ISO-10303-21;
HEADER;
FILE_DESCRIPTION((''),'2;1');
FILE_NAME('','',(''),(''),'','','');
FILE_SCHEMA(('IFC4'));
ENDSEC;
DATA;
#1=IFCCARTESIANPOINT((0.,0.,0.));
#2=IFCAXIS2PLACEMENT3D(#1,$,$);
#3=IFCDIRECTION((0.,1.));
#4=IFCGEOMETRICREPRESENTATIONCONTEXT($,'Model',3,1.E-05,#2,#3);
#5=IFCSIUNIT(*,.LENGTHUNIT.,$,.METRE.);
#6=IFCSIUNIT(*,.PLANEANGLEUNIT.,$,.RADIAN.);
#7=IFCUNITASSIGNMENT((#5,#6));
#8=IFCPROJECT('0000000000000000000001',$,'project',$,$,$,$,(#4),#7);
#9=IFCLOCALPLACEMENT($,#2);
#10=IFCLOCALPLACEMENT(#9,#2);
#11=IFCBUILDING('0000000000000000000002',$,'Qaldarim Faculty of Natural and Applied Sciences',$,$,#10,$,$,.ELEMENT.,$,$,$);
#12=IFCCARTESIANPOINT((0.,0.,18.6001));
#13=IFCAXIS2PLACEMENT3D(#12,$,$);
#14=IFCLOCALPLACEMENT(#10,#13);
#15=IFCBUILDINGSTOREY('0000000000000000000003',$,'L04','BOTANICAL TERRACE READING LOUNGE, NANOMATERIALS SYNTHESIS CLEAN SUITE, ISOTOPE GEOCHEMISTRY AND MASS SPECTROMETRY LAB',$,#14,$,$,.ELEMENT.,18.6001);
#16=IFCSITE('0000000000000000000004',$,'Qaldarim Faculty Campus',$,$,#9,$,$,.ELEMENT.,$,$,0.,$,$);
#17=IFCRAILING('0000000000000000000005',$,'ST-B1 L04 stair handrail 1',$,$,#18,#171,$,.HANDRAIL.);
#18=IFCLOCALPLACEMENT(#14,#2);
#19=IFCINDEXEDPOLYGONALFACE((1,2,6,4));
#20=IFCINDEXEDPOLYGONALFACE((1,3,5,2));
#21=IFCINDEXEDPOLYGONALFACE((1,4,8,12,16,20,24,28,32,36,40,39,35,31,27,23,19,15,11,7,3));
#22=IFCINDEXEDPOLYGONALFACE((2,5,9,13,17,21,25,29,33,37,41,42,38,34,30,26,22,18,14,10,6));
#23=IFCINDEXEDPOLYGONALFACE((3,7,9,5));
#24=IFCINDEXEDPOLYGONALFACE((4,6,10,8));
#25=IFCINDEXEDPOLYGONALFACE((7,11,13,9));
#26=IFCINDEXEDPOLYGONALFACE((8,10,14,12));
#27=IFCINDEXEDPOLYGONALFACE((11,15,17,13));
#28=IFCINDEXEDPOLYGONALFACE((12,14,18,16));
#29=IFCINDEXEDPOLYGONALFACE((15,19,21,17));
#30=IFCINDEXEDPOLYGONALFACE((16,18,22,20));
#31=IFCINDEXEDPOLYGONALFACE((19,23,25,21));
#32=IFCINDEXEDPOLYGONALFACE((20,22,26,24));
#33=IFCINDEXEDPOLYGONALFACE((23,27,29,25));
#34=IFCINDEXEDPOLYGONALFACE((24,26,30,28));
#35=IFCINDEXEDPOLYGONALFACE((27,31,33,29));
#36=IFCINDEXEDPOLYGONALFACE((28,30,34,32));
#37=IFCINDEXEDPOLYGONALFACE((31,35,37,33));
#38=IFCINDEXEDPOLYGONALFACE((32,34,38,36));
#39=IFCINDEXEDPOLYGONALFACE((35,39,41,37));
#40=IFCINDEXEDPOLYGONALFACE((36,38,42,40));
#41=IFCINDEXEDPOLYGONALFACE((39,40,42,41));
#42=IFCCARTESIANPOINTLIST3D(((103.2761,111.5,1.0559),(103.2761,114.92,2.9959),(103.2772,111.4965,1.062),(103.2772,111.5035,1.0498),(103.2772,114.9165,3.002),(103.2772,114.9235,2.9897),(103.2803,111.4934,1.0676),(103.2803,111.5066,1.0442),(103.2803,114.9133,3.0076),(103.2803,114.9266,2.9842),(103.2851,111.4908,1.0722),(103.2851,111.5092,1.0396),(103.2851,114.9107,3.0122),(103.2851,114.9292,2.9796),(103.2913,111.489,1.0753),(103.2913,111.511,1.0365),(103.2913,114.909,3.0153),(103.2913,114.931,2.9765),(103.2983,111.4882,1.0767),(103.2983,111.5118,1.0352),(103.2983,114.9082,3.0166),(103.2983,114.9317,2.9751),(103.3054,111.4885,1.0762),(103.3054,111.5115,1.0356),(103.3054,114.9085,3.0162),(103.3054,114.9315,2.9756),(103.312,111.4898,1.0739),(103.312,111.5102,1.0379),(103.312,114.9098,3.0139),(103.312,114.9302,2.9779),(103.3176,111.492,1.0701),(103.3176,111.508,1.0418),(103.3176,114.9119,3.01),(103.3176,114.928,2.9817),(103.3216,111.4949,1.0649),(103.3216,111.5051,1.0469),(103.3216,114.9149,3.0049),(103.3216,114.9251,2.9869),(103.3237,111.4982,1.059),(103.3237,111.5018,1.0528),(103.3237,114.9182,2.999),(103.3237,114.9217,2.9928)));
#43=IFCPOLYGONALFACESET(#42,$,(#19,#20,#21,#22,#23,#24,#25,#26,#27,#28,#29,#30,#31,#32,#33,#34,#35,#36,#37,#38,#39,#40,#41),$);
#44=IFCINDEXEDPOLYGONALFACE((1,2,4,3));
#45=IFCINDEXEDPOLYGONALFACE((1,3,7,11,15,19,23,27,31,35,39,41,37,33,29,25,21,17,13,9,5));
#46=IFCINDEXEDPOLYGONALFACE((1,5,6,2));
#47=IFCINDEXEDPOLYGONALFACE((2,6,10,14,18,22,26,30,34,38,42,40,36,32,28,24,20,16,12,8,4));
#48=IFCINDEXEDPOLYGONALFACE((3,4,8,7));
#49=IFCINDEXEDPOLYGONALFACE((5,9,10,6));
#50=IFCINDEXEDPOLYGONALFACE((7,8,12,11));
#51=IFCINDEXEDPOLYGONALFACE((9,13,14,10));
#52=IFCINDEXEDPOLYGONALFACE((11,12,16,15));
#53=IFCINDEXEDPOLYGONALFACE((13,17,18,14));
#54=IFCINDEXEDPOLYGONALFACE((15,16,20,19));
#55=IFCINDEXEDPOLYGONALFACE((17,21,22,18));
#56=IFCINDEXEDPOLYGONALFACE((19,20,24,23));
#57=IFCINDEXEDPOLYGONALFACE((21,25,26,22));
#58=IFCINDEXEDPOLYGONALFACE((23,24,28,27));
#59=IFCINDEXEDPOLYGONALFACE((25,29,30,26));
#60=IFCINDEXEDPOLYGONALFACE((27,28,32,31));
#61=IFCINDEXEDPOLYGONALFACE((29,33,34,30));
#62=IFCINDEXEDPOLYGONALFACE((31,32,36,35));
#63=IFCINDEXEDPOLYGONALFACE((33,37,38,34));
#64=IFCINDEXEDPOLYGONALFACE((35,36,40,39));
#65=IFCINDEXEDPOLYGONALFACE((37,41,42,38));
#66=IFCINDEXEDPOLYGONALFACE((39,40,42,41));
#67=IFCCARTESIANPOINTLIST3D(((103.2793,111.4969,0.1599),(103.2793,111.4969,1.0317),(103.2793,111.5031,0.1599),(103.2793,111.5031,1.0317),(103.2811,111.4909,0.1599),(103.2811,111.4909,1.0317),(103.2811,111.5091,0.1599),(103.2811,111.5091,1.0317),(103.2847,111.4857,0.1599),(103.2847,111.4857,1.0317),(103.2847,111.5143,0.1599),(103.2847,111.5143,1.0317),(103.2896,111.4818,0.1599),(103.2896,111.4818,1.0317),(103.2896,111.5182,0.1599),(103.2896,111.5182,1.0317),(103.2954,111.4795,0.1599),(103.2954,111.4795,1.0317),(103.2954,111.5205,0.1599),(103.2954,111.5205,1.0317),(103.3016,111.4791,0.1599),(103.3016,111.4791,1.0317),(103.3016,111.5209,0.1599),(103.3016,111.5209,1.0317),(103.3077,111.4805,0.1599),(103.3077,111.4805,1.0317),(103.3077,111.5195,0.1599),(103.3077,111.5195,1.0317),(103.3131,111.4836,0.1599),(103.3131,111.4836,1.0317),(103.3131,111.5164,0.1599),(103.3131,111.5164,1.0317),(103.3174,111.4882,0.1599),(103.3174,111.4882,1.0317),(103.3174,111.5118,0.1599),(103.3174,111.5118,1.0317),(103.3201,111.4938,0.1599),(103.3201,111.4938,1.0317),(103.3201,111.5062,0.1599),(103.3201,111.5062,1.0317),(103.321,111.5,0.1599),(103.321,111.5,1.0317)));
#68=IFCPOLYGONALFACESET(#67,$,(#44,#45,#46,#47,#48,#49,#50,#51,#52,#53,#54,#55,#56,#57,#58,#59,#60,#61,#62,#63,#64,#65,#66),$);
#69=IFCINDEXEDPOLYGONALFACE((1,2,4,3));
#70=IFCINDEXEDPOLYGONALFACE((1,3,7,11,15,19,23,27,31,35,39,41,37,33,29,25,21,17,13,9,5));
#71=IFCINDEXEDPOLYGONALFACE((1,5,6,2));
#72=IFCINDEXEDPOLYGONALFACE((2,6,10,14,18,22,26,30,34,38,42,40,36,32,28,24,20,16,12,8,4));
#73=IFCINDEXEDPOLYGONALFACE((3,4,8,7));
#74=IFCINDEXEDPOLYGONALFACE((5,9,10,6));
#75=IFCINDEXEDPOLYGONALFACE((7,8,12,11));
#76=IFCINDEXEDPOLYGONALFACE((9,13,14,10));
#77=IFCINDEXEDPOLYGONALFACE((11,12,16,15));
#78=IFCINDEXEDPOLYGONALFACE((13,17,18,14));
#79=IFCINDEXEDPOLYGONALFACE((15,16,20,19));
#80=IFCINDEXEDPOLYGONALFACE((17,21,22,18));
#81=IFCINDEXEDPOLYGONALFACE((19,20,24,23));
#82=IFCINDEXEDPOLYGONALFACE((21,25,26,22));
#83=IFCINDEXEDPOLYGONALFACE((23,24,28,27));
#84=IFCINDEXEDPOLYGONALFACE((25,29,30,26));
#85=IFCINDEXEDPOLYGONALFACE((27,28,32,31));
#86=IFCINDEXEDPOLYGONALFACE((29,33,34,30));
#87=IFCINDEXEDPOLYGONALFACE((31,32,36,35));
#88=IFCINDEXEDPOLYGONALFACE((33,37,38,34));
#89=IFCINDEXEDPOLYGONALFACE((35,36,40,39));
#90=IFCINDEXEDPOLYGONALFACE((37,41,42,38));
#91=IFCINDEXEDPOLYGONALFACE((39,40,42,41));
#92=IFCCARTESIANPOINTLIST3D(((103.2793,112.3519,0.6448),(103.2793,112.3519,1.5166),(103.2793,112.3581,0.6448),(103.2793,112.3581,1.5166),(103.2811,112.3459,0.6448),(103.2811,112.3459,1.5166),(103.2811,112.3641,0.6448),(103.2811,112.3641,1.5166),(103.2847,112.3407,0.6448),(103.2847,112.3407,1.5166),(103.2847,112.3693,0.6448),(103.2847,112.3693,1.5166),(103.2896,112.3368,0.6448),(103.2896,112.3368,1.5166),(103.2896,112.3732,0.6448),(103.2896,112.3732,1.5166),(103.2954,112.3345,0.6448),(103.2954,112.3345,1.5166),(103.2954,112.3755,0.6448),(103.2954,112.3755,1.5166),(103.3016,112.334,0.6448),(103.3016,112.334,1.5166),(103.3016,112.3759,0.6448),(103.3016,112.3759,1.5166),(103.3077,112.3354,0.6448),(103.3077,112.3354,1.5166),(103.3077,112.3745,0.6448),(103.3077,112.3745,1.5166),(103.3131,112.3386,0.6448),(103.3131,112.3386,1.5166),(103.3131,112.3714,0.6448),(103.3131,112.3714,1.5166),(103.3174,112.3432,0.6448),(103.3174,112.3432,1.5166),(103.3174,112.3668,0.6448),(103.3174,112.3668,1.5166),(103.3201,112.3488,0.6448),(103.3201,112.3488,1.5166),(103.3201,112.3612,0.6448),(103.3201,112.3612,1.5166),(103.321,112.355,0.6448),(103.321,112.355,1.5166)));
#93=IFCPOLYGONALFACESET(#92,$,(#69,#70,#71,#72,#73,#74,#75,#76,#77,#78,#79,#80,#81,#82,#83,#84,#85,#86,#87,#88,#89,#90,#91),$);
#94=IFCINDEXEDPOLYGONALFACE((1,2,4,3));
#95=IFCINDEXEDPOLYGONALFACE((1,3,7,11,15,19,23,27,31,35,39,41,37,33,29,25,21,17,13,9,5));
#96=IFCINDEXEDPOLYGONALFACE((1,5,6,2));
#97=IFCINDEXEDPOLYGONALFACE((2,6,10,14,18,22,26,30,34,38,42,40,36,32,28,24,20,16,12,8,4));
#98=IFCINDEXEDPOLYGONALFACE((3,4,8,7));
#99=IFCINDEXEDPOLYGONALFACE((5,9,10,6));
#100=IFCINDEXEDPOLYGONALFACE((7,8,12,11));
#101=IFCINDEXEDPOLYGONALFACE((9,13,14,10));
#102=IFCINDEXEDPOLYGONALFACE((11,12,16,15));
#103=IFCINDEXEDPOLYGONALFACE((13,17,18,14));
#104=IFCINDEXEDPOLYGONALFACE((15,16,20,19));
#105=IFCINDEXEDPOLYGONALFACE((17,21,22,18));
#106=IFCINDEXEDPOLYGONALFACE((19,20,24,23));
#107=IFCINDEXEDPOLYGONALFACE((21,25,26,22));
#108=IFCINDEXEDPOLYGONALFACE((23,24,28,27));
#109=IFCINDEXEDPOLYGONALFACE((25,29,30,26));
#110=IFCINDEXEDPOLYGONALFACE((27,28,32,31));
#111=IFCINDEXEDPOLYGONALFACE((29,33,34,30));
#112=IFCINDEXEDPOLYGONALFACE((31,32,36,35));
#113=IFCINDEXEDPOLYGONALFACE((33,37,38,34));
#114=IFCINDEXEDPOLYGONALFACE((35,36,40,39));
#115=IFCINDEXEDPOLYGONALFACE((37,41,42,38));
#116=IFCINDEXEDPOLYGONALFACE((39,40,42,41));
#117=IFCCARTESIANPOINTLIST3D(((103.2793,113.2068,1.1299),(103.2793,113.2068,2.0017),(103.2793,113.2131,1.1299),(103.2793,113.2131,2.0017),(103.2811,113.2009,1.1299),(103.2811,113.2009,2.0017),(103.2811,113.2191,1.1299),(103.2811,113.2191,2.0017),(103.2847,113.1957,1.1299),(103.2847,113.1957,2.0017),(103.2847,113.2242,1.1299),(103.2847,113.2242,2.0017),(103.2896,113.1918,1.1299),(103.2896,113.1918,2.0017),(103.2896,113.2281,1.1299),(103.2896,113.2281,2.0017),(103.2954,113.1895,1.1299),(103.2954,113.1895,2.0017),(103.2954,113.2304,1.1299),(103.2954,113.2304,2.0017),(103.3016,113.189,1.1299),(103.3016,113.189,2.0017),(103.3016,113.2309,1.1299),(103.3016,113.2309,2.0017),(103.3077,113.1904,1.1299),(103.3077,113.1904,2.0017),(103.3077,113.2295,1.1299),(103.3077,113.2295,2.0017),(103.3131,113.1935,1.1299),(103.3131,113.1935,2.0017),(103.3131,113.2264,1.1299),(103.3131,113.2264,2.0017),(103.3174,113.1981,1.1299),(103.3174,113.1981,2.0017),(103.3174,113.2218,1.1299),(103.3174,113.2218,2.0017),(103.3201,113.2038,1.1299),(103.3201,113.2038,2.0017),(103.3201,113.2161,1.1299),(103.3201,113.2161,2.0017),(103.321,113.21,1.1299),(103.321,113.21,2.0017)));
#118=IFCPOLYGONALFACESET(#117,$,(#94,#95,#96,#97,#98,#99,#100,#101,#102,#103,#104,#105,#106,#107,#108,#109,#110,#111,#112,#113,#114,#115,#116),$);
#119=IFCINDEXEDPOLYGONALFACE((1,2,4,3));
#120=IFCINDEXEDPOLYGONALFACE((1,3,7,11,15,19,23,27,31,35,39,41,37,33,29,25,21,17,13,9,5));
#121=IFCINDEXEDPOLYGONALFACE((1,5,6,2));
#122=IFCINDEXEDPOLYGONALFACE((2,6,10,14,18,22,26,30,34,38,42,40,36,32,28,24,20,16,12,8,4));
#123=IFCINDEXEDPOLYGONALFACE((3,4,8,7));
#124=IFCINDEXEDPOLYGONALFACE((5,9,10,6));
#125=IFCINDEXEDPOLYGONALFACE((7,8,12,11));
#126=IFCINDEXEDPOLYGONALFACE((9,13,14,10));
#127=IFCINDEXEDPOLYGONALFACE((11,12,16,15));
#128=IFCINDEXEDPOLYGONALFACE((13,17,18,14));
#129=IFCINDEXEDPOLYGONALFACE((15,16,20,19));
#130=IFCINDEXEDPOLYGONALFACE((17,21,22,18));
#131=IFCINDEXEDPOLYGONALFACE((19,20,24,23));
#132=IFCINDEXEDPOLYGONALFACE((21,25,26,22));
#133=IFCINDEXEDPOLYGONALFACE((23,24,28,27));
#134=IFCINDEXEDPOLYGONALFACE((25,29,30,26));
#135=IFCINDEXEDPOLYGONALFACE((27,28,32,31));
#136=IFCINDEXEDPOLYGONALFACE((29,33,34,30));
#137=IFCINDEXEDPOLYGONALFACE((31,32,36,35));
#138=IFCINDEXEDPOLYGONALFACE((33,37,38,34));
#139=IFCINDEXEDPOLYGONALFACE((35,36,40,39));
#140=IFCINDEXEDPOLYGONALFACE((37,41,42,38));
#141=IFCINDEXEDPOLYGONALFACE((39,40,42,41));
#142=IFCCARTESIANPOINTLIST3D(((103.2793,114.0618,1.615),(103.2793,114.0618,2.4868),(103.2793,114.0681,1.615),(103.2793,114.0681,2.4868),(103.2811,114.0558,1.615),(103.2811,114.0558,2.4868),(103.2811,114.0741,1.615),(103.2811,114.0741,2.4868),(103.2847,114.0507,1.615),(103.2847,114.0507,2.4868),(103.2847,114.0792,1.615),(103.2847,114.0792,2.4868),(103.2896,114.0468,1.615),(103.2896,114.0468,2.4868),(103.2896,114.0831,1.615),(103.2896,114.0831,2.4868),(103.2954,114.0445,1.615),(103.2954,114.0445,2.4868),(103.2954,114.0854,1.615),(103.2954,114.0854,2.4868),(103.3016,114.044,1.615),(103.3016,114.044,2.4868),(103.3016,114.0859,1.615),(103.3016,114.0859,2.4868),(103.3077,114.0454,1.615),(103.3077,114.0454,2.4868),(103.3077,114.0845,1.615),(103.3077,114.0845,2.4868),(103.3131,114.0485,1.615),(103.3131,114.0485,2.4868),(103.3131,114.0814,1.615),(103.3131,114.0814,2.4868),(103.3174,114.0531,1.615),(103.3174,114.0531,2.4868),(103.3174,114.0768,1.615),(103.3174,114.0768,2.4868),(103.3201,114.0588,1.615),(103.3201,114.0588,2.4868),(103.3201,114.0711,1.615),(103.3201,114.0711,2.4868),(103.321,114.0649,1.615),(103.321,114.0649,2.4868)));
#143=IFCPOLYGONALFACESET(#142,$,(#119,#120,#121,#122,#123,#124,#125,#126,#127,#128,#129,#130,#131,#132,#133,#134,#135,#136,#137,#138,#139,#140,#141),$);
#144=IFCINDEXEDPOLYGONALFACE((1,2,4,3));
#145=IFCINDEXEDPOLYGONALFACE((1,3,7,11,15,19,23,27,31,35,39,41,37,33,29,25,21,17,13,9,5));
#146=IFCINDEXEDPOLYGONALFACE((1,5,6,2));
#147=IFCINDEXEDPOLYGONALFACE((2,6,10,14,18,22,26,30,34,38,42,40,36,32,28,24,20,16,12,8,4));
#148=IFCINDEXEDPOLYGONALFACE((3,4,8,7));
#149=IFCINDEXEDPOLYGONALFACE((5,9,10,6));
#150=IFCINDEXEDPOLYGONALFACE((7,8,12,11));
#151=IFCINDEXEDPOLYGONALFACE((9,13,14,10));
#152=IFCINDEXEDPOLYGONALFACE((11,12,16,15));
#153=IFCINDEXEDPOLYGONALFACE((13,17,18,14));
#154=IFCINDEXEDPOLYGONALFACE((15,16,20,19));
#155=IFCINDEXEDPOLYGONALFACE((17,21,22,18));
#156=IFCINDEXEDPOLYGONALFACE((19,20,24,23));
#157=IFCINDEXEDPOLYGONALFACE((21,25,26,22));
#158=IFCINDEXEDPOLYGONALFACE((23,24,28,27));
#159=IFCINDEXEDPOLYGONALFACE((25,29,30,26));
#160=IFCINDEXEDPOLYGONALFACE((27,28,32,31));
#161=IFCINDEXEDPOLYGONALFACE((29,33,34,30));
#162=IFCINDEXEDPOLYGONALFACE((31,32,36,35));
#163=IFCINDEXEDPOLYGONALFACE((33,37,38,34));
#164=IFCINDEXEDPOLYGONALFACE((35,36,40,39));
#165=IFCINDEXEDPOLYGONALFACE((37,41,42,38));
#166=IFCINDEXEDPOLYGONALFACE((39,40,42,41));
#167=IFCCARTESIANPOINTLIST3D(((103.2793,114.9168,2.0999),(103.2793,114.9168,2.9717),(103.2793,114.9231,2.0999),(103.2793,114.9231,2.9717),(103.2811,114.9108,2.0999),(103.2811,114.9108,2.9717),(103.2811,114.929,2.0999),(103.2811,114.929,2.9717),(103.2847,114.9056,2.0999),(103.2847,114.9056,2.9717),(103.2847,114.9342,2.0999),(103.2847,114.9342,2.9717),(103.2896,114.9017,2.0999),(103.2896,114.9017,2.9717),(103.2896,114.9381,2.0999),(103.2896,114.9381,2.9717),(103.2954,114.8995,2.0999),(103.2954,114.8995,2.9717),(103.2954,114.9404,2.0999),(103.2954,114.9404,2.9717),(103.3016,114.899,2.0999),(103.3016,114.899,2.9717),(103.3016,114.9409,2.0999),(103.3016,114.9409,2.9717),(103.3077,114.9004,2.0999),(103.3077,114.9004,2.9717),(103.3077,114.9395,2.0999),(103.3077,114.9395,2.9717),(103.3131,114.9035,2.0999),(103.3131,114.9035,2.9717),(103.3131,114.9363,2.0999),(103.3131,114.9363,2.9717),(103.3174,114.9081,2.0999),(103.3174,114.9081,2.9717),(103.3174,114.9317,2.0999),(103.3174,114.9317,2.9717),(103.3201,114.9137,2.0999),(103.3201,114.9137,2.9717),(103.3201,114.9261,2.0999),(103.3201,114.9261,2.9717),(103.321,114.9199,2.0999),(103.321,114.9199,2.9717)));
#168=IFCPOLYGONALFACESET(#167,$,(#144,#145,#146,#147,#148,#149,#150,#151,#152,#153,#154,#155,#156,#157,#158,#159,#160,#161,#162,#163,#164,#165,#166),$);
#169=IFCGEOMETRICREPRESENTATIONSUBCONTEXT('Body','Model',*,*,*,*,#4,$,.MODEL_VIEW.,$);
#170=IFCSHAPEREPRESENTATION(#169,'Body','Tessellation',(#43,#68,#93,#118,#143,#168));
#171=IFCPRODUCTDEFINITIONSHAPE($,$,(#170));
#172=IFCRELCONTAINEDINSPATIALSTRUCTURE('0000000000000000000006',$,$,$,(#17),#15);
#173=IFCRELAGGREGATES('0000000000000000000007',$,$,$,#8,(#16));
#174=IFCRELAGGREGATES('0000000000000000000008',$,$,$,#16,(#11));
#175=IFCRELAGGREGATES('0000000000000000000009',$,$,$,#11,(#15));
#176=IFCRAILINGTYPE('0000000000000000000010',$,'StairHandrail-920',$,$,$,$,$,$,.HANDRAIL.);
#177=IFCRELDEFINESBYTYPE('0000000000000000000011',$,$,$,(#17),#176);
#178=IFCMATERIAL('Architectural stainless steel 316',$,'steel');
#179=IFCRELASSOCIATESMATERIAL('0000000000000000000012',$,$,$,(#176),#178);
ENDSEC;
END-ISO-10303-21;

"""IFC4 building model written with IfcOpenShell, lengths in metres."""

from ifc_helpers import new_model, si_unit, direction, frame, origin, origin_2d, place, context, subcontext, project, spatial, circle, extrude, material, type_object, element, save


model = new_model("IFC4")

# Units and contexts
model_context = context("Model", 3, precision=1e-05, world=origin(), true_north=direction((0.0, 1.0)))
body_context = subcontext(model_context, "Body", "Model", "MODEL_VIEW")
ifc_project = project(units=[si_unit("LENGTHUNIT", "METRE"), si_unit("PLANEANGLEUNIT", "RADIAN")], contexts=[model_context])

# Site, building, storey
site_placement = place(None, origin())
site = spatial("IfcSite", under=ifc_project, at=site_placement, Name="Qaldarim Faculty Campus", CompositionType="ELEMENT", RefElevation=0.0)
building_placement = place(site_placement, origin())
building = spatial("IfcBuilding", under=site, at=building_placement, Name="Qaldarim Faculty of Natural and Applied Sciences", CompositionType="ELEMENT")
storey_placement = place(building_placement, frame((0.0, 0.0, 18.6001)))
storey = spatial("IfcBuildingStorey", under=building, at=storey_placement, Name="L04", Description="BOTANICAL TERRACE READING LOUNGE, NANOMATERIALS SYNTHESIS CLEAN SUITE, ISOTOPE GEOCHEMISTRY AND MASS SPECTROMETRY LAB", CompositionType="ELEMENT", Elevation=18.6001)

# Shared definitions
ifc_material_1 = material(Name="Architectural stainless steel 316", Category="steel")

# Railing
railing_type_1 = type_object("IfcRailingType", Name="StairHandrail-920", PredefinedType="HANDRAIL", material=ifc_material_1)
railing_1_placement = place(storey_placement, frame((103.3, 111.5, 0.1599)))
element("IfcRailing", 1, at=railing_1_placement, inside=storey, type_object=railing_type_1, Name="ST-B1 L04 stair handrail 1", PredefinedType="HANDRAIL", context=body_context, shape_type="SweptSolid", body=[
    extrude(circle(Radius=0.0239, at=origin_2d()), frame((0.0, 0.0, 0.896), z_axis=(0.0, 0.869805, 0.493395), x_axis=(-1.0, 0.0, 0.0)), (0.0, 0.0, 1.0), 3.9319),
    extrude(circle(Radius=0.021, at=origin_2d()), origin(), (0.0, 0.0, 1.0), 0.8718),
    extrude(circle(Radius=0.021, at=origin_2d()), frame((0.0, 0.855, 0.4849)), (0.0, 0.0, 1.0), 0.8718),
    extrude(circle(Radius=0.021, at=origin_2d()), frame((0.0, 1.71, 0.97)), (0.0, 0.0, 1.0), 0.8718),
    extrude(circle(Radius=0.021, at=origin_2d()), frame((0.0, 2.5649, 1.4551)), (0.0, 0.0, 1.0), 0.8718),
    extrude(circle(Radius=0.021, at=origin_2d()), frame((0.0, 3.4199, 1.9399)), (0.0, 0.0, 1.0), 0.8718),
])

save(model, "model.ifc")
